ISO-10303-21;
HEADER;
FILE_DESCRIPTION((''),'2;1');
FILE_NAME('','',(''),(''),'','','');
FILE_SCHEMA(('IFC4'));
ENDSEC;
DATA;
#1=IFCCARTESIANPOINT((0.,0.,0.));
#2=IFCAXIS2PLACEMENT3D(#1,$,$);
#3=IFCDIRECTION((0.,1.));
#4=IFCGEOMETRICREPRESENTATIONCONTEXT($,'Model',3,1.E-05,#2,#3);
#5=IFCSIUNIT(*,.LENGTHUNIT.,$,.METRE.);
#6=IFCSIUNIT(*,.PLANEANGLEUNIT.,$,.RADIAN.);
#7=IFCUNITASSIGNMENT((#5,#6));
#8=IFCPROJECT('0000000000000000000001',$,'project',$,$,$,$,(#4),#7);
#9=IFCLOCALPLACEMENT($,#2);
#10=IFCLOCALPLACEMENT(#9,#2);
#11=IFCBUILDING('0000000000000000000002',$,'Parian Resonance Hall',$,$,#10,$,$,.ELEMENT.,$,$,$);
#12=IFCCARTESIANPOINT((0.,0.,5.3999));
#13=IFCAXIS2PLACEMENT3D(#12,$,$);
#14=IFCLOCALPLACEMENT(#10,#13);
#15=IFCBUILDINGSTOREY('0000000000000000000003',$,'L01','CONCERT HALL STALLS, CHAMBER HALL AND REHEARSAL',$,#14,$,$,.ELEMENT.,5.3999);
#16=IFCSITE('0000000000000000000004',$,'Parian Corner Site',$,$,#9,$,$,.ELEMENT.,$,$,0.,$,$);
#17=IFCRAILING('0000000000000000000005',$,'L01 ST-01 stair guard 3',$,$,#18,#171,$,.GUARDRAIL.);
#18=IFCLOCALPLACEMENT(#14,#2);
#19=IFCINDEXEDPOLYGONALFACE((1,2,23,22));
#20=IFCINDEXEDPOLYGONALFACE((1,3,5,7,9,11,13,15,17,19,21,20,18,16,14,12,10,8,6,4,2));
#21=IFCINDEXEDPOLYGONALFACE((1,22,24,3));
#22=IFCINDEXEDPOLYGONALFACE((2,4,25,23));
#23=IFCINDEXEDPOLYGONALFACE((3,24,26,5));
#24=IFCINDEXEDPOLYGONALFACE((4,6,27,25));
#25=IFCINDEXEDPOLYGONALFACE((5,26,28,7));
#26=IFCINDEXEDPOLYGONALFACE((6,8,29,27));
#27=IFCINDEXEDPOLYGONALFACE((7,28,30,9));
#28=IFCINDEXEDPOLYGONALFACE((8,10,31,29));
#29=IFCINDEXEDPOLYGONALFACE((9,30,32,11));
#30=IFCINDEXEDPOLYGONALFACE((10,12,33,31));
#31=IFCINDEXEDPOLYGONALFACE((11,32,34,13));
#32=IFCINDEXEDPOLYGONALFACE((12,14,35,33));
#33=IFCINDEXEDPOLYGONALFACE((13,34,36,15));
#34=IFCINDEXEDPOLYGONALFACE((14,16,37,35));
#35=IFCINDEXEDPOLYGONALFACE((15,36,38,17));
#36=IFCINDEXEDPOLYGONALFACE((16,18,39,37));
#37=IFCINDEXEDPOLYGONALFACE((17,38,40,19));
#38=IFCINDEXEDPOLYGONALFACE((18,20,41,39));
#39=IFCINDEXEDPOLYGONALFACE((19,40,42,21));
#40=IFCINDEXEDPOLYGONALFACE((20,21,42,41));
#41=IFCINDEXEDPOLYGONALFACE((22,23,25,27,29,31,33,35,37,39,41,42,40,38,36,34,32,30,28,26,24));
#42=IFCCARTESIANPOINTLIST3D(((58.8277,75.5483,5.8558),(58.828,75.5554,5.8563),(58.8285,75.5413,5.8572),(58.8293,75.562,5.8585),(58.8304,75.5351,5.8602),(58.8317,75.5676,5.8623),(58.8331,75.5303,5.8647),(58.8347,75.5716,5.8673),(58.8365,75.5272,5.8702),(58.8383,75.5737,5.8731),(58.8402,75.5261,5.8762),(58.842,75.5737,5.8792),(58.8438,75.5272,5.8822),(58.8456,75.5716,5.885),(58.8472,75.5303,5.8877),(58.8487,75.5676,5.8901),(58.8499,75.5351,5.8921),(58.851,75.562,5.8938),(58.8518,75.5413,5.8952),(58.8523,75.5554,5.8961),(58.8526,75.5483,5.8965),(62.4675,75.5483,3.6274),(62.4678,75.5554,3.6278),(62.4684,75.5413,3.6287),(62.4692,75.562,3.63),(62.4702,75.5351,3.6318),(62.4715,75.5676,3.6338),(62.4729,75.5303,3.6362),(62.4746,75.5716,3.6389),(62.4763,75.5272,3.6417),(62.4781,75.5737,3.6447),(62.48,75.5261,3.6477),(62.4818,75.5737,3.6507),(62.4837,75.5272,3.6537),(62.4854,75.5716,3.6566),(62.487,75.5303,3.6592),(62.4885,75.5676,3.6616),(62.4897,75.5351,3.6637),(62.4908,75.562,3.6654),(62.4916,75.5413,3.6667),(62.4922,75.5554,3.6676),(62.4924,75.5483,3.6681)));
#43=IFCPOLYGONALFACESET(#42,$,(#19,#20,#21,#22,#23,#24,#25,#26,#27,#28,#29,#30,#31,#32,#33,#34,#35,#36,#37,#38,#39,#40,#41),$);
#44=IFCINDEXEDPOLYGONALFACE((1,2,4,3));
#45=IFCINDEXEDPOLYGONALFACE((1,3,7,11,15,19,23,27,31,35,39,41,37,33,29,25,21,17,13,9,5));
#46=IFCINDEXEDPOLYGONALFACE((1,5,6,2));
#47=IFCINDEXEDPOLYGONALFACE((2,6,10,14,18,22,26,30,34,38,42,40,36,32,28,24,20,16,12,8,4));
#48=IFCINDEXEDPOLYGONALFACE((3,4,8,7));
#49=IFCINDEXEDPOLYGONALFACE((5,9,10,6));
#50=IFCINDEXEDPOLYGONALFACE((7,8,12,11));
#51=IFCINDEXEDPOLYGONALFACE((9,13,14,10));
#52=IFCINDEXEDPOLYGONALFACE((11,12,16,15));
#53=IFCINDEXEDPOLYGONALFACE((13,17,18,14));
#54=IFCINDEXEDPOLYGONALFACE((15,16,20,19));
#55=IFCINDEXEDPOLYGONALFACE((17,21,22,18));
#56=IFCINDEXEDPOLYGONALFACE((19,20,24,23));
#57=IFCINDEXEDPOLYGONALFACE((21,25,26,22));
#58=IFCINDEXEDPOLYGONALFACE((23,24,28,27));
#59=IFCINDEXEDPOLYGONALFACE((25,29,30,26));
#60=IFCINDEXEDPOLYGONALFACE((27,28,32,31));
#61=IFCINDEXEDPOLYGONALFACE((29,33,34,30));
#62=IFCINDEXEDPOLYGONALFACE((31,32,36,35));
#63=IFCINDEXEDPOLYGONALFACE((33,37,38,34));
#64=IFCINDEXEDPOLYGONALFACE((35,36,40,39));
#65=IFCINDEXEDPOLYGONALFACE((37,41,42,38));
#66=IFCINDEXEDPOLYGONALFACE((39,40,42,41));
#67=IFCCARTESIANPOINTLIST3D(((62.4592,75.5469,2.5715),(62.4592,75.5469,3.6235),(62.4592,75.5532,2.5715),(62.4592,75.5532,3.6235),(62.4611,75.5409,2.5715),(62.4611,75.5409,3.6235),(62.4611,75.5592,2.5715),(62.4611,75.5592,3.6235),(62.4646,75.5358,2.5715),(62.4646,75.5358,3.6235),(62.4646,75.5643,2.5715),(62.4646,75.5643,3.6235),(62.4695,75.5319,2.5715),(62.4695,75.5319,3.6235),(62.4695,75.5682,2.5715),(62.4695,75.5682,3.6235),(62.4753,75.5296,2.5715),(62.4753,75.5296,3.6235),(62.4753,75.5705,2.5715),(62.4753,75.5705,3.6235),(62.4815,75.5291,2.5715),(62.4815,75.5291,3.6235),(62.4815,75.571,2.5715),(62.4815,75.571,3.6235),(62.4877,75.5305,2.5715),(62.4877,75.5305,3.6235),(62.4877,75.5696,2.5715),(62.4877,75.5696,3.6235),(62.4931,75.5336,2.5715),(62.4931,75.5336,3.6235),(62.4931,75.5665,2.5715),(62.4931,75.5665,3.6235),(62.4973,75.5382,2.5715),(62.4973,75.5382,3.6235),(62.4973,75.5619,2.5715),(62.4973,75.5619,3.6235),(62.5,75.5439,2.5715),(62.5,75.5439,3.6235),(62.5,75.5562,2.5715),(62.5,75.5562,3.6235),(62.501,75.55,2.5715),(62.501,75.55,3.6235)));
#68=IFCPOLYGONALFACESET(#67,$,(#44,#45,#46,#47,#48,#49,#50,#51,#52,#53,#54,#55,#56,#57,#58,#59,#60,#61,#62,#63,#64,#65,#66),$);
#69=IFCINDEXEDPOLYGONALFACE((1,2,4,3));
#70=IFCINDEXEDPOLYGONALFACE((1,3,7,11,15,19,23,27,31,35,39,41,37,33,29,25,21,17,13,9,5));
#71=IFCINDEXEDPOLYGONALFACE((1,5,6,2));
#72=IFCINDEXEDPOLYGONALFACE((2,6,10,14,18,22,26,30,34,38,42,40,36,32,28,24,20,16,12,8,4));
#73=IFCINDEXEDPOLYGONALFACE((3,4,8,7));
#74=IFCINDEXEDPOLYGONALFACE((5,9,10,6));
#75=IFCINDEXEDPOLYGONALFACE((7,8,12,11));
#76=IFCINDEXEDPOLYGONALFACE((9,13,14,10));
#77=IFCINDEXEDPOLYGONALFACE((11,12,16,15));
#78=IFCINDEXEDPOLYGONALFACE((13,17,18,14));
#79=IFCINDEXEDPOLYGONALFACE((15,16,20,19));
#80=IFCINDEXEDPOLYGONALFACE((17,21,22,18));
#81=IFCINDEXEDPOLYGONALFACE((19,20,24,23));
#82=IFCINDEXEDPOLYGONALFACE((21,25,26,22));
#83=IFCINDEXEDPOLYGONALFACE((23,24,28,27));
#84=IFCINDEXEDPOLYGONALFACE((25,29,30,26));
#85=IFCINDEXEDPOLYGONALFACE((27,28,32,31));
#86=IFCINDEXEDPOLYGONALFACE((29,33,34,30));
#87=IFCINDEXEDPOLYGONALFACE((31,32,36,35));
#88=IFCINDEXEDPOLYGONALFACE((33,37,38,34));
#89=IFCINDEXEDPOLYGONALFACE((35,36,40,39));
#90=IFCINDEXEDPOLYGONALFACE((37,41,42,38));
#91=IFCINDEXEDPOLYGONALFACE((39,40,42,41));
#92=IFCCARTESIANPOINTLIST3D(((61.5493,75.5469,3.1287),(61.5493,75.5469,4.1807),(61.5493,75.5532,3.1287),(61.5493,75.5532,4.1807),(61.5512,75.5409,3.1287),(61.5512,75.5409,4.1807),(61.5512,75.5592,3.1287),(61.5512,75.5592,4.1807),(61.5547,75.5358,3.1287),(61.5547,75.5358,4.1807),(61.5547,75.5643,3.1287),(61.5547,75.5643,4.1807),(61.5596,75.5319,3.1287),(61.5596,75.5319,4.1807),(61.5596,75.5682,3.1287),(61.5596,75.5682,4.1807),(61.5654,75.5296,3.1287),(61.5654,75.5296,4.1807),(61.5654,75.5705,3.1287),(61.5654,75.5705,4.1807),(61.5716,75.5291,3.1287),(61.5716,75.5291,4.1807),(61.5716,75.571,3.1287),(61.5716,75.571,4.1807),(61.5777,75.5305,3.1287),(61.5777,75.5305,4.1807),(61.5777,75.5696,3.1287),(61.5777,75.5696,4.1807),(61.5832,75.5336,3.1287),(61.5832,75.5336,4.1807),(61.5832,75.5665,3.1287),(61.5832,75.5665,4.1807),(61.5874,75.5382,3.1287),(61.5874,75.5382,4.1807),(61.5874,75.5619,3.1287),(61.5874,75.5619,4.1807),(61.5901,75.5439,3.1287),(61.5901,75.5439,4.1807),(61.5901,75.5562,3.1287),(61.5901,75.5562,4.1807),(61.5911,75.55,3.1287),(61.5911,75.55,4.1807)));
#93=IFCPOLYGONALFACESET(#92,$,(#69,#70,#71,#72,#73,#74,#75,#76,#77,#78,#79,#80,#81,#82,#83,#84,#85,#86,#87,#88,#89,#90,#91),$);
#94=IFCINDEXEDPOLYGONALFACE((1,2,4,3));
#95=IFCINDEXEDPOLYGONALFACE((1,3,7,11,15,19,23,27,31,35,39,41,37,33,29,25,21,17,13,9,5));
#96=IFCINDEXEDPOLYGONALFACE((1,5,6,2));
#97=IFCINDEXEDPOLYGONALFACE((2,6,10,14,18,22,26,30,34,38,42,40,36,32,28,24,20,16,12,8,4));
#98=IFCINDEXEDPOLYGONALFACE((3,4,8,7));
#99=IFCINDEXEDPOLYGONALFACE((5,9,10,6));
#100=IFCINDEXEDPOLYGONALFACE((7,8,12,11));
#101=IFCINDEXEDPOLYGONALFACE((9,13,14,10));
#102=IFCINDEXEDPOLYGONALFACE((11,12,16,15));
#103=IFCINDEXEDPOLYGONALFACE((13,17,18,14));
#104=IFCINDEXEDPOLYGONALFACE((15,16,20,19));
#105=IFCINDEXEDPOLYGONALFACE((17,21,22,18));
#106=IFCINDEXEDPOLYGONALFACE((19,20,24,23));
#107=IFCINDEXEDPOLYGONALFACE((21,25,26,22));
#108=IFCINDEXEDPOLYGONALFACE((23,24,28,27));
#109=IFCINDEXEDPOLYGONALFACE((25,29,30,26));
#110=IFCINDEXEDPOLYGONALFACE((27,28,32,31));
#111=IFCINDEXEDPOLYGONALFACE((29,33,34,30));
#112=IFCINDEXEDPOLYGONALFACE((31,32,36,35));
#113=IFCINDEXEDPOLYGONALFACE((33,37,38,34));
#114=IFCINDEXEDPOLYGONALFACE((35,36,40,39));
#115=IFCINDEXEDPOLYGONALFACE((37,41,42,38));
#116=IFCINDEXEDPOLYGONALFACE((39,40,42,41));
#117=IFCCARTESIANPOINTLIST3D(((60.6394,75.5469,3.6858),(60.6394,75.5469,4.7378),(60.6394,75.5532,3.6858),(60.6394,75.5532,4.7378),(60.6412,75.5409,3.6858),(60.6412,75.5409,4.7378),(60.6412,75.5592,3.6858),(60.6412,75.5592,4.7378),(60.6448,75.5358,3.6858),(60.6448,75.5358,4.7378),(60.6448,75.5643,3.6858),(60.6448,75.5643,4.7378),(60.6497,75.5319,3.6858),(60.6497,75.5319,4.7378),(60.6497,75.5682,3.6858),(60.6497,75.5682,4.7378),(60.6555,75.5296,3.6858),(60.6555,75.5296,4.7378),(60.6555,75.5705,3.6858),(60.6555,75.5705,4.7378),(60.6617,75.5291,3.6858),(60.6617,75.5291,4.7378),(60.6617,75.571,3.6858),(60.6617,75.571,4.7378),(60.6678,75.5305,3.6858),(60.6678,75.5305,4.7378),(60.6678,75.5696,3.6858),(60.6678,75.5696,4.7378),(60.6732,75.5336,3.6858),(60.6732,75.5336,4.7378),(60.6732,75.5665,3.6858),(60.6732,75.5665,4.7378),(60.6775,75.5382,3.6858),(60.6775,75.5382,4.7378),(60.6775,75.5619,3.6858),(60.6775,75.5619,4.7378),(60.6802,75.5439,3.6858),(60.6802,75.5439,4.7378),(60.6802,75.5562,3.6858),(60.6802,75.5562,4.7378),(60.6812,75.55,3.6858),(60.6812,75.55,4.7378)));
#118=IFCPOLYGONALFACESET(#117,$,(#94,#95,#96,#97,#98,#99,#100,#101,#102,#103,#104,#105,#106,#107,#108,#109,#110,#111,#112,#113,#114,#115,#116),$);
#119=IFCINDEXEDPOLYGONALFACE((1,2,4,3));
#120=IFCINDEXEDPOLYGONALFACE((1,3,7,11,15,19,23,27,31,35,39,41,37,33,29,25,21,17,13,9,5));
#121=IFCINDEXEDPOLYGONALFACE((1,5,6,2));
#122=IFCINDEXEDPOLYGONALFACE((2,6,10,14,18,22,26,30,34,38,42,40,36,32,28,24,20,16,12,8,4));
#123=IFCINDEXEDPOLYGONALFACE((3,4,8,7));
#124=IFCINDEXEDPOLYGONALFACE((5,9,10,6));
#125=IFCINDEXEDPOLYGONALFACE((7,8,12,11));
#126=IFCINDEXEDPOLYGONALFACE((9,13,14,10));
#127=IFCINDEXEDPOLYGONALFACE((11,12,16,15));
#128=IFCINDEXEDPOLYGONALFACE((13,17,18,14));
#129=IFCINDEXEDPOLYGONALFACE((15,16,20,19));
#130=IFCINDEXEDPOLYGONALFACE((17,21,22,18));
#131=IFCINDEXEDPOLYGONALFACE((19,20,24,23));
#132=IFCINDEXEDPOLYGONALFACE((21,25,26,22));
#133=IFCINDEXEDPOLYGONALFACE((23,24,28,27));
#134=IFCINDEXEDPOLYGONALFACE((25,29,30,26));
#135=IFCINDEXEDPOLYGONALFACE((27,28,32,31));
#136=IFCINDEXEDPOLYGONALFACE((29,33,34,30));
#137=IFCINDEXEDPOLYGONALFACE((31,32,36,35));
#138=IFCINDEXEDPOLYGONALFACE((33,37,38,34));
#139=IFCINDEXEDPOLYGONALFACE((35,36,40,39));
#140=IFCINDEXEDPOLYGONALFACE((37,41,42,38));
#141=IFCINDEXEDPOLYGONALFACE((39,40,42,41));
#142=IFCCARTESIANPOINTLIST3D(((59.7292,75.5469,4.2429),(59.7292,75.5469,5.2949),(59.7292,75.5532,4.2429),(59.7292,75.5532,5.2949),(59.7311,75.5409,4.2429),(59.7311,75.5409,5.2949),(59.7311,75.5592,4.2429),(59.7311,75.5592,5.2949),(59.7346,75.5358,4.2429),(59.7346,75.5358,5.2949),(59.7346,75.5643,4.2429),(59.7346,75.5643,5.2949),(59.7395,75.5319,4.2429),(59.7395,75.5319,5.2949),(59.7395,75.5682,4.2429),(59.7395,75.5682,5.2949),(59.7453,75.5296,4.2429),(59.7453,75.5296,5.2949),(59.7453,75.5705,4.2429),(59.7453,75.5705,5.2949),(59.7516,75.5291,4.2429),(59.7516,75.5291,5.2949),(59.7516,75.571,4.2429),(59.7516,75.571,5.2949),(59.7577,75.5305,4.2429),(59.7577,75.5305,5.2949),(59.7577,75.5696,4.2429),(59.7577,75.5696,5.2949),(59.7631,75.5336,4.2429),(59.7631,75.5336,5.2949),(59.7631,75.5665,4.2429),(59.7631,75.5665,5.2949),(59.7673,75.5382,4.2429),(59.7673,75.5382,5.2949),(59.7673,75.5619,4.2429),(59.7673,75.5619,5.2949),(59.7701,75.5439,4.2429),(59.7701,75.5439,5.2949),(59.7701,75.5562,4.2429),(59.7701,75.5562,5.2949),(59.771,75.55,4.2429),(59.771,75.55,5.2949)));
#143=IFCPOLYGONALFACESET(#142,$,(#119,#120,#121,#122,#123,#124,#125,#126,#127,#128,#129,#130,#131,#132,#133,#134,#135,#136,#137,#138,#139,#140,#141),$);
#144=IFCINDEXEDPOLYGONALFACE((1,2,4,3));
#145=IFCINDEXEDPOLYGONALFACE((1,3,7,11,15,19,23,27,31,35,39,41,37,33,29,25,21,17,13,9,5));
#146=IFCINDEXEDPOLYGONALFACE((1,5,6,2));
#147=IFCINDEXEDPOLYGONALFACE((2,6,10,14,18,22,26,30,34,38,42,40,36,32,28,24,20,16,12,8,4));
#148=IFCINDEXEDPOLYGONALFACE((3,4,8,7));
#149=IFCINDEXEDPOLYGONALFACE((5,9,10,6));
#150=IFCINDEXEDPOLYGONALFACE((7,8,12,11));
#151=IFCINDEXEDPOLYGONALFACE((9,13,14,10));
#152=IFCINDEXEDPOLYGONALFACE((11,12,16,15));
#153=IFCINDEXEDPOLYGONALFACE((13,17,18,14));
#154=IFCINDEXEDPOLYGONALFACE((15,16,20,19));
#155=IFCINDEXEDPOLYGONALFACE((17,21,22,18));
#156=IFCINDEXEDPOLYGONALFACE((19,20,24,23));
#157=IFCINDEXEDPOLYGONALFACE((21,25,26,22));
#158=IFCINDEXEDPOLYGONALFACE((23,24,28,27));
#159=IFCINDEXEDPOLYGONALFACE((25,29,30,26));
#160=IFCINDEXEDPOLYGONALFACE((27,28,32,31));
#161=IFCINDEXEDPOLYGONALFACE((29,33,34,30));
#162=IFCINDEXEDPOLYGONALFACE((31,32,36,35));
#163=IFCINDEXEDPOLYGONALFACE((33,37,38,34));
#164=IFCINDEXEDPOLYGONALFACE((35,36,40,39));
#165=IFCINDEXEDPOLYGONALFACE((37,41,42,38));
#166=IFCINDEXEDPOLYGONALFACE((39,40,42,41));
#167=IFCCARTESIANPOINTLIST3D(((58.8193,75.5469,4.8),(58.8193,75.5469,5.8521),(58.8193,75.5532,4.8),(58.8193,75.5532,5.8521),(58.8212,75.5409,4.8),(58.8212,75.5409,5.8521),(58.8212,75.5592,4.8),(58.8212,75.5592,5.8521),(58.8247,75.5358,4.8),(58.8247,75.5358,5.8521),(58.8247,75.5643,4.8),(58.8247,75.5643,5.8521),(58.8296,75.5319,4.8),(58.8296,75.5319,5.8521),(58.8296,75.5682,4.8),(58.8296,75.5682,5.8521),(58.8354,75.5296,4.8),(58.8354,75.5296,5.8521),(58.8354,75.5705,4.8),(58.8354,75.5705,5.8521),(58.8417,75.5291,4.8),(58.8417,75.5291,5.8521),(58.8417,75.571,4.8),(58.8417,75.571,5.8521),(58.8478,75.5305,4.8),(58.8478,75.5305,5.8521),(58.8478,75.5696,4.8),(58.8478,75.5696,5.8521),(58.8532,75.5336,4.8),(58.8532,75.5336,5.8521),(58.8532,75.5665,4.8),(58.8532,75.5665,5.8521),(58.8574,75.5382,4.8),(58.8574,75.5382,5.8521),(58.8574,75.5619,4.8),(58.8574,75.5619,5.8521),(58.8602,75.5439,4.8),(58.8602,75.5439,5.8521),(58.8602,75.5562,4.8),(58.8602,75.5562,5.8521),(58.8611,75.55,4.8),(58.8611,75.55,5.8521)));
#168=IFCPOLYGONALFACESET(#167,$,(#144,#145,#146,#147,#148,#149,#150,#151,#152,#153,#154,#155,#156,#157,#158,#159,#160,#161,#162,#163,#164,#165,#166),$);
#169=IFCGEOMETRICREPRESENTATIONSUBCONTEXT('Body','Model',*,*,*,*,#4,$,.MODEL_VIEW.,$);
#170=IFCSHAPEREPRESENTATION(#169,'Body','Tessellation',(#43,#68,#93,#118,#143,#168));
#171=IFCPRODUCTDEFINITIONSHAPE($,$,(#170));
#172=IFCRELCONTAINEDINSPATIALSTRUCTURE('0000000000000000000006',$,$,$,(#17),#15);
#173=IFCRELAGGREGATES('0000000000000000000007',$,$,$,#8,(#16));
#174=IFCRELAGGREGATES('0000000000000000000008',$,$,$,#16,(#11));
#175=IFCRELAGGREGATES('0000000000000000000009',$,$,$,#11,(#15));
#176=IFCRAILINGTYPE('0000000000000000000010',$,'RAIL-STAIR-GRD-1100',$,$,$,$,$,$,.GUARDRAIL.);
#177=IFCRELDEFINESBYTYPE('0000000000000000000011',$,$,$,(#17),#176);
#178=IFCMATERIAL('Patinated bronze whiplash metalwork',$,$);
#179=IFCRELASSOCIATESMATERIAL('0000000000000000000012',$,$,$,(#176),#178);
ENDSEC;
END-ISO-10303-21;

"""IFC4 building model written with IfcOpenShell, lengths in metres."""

from ifc_helpers import new_model, si_unit, direction, frame, origin, origin_2d, place, context, subcontext, project, spatial, circle, extrude, material, type_object, element, save


model = new_model("IFC4")

# Units and contexts
model_context = context("Model", 3, precision=1e-05, world=origin(), true_north=direction((0.0, 1.0)))
body_context = subcontext(model_context, "Body", "Model", "MODEL_VIEW")
ifc_project = project(units=[si_unit("LENGTHUNIT", "METRE"), si_unit("PLANEANGLEUNIT", "RADIAN")], contexts=[model_context])

# Site, building, storey
site_placement = place(None, origin())
site = spatial("IfcSite", under=ifc_project, at=site_placement, Name="Parian Corner Site", CompositionType="ELEMENT", RefElevation=0.0)
building_placement = place(site_placement, origin())
building = spatial("IfcBuilding", under=site, at=building_placement, Name="Parian Resonance Hall", CompositionType="ELEMENT")
storey_placement = place(building_placement, frame((0.0, 0.0, 5.3999)))
storey = spatial("IfcBuildingStorey", under=building, at=storey_placement, Name="L01", Description="CONCERT HALL STALLS, CHAMBER HALL AND REHEARSAL", CompositionType="ELEMENT", Elevation=5.3999)

# Railing
ifc_material_1 = material(Name="Patinated bronze whiplash metalwork")
railing_type_1 = type_object("IfcRailingType", Name="RAIL-STAIR-GRD-1100", PredefinedType="GUARDRAIL", material=ifc_material_1)
railing_1_placement = place(storey_placement, frame((62.48, 75.55, 2.5715)))
element("IfcRailing", 1, at=railing_1_placement, inside=storey, type_object=railing_type_1, Name="L01 ST-01 stair guard 3", PredefinedType="GUARDRAIL", context=body_context, shape_type="SweptSolid", body=[
    extrude(circle(Radius=0.0239, at=origin_2d()), frame((0.0, 0.0, 1.0762), z_axis=(-0.85285, 0.0, 0.522156), x_axis=(0.0, -1.0, 0.0)), (0.0, 0.0, 1.0), 4.2678),
    extrude(circle(Radius=0.021, at=origin_2d()), origin(), (0.0, 0.0, 1.0), 1.052),
    extrude(circle(Radius=0.021, at=origin_2d()), frame((-0.9099, 0.0, 0.5571)), (0.0, 0.0, 1.0), 1.052),
    extrude(circle(Radius=0.021, at=origin_2d()), frame((-1.8198, 0.0, 1.1143)), (0.0, 0.0, 1.0), 1.052),
    extrude(circle(Radius=0.021, at=origin_2d()), frame((-2.73, 0.0, 1.6714)), (0.0, 0.0, 1.0), 1.052),
    extrude(circle(Radius=0.021, at=origin_2d()), frame((-3.6399, 0.0, 2.2285)), (0.0, 0.0, 1.0), 1.052),
])

save(model, "model.ifc")
